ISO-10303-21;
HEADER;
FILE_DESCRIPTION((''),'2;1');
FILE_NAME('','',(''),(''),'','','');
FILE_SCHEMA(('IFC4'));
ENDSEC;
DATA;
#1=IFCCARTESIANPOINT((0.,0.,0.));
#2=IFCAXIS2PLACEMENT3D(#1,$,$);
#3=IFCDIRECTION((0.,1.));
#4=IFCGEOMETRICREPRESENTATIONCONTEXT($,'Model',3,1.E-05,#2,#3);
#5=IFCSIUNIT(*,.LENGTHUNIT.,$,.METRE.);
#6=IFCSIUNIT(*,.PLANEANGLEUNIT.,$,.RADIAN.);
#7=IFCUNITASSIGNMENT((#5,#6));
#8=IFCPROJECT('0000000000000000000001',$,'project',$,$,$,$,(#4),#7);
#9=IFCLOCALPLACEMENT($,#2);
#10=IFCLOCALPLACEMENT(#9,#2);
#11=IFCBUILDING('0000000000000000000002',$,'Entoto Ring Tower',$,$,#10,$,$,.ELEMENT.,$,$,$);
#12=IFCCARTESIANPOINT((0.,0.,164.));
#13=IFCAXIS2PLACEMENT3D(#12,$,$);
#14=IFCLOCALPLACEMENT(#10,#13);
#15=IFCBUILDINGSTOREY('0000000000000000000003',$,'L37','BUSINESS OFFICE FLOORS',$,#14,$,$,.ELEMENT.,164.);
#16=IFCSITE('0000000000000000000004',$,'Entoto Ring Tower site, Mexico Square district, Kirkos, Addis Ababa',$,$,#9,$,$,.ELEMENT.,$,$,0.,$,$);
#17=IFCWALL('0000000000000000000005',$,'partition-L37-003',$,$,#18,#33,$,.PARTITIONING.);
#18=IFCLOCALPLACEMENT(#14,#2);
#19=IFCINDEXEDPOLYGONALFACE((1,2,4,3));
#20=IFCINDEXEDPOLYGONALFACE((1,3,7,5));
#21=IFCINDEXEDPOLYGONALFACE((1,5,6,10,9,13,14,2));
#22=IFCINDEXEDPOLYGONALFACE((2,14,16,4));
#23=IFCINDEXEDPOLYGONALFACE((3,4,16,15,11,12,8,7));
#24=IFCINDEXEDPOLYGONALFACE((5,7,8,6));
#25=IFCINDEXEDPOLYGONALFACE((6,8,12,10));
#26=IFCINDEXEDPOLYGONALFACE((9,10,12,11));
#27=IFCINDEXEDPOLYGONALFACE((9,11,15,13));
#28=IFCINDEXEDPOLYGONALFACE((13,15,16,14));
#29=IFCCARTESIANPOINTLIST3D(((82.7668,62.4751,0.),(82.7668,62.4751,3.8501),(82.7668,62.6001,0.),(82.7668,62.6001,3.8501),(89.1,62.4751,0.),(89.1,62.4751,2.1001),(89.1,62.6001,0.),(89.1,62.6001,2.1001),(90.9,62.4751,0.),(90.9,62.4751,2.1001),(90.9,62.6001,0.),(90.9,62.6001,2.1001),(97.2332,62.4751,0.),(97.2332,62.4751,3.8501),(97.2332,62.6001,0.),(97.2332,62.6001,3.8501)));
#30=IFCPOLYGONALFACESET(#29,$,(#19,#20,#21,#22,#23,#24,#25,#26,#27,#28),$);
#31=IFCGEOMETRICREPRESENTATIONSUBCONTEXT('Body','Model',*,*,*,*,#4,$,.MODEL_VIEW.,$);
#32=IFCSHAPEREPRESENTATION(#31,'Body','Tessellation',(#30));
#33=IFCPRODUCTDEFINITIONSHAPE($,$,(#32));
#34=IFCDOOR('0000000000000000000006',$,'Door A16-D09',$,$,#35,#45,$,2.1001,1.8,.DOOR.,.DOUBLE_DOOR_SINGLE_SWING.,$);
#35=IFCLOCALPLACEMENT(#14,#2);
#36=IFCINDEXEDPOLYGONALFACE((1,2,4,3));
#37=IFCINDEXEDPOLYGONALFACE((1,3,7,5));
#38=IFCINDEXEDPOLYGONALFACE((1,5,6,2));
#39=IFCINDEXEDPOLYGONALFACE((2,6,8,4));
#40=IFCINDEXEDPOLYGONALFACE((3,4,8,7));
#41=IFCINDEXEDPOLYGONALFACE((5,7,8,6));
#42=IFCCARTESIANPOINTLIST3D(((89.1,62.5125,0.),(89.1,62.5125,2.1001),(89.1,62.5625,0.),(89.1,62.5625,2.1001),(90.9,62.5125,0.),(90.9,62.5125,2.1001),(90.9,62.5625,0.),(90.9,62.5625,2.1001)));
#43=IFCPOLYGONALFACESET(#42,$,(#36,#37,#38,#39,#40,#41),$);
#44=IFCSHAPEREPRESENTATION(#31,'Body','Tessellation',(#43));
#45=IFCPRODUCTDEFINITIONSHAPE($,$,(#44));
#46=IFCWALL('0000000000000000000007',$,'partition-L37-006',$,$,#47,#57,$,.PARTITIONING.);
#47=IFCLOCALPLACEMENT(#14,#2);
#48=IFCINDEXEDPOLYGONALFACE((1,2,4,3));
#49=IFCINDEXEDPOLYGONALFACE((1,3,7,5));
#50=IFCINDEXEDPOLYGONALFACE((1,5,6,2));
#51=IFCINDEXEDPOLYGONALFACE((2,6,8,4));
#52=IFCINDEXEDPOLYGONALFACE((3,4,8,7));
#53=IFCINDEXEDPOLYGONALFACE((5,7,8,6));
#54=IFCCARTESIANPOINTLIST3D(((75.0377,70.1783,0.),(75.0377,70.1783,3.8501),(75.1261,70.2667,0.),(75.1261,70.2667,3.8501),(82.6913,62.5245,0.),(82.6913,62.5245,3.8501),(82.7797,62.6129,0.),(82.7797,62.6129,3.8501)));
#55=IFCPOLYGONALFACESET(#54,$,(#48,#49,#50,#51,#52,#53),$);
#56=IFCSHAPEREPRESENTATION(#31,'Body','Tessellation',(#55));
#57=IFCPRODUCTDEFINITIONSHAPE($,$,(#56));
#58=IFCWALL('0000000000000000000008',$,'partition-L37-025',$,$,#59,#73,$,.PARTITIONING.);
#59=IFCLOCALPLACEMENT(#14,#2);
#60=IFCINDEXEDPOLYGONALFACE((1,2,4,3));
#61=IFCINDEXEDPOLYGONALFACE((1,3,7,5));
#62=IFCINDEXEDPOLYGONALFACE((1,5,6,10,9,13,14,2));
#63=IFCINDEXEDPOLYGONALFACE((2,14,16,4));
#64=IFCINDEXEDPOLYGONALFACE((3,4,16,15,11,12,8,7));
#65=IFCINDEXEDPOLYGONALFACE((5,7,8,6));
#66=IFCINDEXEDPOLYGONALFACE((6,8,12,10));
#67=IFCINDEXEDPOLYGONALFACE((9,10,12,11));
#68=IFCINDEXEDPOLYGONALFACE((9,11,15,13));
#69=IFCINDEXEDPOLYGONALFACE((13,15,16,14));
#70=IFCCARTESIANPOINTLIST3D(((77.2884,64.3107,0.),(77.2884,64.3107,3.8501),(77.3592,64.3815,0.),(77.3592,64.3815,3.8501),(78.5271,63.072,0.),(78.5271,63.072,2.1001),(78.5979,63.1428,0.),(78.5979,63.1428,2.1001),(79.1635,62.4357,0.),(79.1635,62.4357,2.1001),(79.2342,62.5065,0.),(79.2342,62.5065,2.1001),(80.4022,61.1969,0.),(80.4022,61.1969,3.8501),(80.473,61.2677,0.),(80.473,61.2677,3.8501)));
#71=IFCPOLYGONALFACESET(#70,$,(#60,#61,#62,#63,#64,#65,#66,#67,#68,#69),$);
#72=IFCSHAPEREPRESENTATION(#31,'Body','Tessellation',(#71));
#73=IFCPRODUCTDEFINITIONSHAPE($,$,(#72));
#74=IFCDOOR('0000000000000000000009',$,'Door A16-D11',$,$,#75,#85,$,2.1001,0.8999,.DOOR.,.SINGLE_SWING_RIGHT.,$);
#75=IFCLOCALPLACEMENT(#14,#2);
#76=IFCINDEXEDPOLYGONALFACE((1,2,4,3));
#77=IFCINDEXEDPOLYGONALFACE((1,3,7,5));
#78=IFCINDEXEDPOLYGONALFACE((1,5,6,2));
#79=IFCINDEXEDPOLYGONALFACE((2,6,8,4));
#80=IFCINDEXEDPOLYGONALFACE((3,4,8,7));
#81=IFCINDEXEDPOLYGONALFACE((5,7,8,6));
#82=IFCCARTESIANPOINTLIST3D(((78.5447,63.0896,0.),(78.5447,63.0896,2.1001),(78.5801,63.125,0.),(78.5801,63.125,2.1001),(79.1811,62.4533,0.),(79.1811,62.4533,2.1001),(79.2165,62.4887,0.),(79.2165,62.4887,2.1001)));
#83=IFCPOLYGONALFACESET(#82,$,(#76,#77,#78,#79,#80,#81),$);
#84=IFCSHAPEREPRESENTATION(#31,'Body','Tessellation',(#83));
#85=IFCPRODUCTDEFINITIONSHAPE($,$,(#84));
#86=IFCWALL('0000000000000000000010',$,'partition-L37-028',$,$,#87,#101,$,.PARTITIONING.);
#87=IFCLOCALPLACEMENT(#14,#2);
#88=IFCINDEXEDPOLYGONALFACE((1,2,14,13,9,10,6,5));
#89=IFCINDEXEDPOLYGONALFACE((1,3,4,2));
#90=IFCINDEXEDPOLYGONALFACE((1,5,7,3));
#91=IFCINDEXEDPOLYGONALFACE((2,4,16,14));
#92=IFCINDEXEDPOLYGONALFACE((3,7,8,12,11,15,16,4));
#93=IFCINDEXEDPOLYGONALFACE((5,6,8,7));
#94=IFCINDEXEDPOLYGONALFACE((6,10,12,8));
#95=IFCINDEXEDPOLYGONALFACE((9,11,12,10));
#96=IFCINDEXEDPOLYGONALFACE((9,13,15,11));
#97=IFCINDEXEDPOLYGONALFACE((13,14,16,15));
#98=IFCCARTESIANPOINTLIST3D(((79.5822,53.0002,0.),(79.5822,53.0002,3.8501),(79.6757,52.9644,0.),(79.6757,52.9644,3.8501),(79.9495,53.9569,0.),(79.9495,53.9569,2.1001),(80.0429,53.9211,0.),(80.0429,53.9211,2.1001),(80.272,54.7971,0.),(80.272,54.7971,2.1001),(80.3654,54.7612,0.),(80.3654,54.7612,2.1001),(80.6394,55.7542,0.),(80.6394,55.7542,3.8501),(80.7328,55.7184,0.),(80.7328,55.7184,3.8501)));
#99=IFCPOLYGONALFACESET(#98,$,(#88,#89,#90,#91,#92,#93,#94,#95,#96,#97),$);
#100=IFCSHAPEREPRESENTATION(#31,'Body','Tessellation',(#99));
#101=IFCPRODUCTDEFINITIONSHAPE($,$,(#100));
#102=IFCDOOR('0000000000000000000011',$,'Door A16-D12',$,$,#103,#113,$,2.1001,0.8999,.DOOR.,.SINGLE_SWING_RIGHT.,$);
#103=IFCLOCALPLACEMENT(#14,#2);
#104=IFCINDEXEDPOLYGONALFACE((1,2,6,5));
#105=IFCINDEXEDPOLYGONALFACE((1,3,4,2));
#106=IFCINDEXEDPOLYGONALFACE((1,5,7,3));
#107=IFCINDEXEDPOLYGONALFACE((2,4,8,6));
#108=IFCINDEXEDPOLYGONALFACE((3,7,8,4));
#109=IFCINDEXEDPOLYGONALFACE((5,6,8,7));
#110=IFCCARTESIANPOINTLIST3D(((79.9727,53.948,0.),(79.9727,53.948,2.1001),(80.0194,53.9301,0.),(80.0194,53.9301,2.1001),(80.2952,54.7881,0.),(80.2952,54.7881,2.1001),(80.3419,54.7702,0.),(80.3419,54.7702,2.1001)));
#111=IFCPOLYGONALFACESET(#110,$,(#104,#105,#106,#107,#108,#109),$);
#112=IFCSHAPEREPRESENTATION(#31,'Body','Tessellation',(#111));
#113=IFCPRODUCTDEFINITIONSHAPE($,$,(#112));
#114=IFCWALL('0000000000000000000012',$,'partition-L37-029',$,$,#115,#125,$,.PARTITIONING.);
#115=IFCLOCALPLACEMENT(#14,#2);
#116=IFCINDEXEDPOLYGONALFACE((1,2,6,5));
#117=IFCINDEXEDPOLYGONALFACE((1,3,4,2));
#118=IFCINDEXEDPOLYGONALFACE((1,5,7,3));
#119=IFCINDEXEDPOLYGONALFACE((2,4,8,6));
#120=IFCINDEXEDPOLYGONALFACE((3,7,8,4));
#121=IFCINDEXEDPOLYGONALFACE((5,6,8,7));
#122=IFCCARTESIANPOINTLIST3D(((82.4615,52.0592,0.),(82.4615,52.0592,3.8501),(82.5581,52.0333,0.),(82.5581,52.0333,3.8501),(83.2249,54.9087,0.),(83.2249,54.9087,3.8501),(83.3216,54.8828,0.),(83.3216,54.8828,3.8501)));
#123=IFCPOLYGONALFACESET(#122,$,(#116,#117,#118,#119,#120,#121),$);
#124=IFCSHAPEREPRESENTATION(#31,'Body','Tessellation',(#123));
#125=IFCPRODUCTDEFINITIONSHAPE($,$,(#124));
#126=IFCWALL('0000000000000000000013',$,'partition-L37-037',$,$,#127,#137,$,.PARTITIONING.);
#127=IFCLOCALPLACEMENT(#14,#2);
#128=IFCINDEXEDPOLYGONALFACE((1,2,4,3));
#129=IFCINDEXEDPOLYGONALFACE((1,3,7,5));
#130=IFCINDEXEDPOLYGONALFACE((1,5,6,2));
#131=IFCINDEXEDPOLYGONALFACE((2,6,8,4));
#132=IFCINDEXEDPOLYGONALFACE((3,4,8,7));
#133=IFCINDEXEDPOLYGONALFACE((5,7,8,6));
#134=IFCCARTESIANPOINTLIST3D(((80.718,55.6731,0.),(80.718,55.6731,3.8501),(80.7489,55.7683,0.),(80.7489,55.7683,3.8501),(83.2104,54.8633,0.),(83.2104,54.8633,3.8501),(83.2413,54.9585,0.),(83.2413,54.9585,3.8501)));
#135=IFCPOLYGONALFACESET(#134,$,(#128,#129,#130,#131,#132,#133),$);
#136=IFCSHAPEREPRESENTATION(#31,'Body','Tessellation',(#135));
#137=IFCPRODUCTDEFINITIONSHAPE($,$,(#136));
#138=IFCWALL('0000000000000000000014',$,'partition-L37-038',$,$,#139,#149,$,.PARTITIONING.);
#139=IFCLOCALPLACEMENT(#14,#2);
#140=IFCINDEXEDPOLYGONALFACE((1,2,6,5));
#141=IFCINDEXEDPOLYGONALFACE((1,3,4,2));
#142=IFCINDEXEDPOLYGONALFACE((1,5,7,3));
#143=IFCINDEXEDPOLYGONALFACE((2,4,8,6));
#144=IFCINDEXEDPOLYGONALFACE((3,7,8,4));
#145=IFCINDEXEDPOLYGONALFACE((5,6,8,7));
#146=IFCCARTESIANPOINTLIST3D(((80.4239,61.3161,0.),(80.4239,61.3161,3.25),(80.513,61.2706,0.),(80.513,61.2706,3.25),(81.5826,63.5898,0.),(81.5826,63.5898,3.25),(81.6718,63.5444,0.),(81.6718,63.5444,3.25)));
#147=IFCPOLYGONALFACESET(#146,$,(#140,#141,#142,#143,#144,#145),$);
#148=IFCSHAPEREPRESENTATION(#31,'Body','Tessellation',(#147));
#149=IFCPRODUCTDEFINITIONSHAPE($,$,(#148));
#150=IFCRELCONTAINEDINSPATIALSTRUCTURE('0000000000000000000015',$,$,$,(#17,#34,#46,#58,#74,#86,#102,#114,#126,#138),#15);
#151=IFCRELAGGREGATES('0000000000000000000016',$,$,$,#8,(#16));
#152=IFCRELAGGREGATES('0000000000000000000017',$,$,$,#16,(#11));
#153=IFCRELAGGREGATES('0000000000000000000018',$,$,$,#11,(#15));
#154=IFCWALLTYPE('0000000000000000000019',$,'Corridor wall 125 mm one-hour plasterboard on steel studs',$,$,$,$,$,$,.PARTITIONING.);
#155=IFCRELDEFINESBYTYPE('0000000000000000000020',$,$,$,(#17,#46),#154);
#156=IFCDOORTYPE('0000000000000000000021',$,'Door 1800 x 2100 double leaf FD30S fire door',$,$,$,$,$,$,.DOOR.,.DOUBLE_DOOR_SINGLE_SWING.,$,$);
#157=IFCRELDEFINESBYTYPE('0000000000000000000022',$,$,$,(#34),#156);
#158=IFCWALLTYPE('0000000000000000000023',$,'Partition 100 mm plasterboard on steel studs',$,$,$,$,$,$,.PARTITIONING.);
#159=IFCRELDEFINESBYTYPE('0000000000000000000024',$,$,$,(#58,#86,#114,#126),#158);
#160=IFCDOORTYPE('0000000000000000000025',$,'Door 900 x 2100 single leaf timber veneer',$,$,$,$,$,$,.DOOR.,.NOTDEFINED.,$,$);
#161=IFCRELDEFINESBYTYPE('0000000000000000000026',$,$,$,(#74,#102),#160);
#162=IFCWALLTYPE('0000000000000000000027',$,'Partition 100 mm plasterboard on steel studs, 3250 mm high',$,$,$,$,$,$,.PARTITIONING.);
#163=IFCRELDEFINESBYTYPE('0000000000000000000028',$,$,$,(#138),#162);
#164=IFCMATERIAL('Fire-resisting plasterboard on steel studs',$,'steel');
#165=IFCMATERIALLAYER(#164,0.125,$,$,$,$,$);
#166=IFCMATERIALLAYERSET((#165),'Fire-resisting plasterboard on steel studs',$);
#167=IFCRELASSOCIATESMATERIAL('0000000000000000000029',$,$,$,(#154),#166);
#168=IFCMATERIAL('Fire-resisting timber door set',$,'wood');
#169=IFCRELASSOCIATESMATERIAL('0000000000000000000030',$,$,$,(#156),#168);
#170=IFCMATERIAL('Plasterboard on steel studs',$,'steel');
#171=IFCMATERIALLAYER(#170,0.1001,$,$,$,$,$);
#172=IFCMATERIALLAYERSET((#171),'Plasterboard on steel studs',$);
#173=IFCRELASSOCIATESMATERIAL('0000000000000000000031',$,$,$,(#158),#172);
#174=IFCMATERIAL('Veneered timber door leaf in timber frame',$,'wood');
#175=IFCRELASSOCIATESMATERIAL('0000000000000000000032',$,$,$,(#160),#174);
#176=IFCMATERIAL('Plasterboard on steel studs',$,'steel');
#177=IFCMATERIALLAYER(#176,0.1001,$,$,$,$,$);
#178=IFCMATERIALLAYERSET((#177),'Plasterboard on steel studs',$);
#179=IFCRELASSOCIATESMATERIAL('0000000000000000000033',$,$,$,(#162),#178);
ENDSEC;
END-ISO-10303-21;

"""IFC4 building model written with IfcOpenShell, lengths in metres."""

from ifc_helpers import new_model, si_unit, direction, frame, frame_2d, origin, place, context, subcontext, project, spatial, rectangle, extrude, material, layer, layer_set, type_object, element, fill, save


model = new_model("IFC4")

# Units and contexts
model_context = context("Model", 3, precision=1e-05, world=origin(), true_north=direction((0.0, 1.0)))
body_context = subcontext(model_context, "Body", "Model", "MODEL_VIEW")
ifc_project = project(units=[si_unit("LENGTHUNIT", "METRE"), si_unit("PLANEANGLEUNIT", "RADIAN")], contexts=[model_context])

# Site, building, storey
site_placement = place(None, origin())
site = spatial("IfcSite", under=ifc_project, at=site_placement, Name="Entoto Ring Tower site, Mexico Square district, Kirkos, Addis Ababa", CompositionType="ELEMENT", RefElevation=0.0)
building_placement = place(site_placement, origin())
building = spatial("IfcBuilding", under=site, at=building_placement, Name="Entoto Ring Tower", CompositionType="ELEMENT")
storey_placement = place(building_placement, frame((0.0, 0.0, 164.0)))
storey = spatial("IfcBuildingStorey", under=building, at=storey_placement, Name="L37", Description="BUSINESS OFFICE FLOORS", CompositionType="ELEMENT", Elevation=164.0)

# Wall, opening, door
ifc_material_1 = material(Name="Fire-resisting plasterboard on steel studs", Category="steel")
ifc_layer_1 = layer(ifc_material_1, 0.125)
ifc_layer_set_1 = layer_set([ifc_layer_1], Name="Fire-resisting plasterboard on steel studs")
wall_type_1 = type_object("IfcWallType", Name="Corridor wall 125 mm one-hour plasterboard on steel studs", PredefinedType="PARTITIONING", material=ifc_layer_set_1)
wall_1_placement = place(storey_placement, frame((82.7668, 62.5376, 0.0), z_axis=(0.0, 0.0, 1.0), x_axis=(1.0, 0.0, 0.0)))
wall_1 = element("IfcWall", 1, at=wall_1_placement, inside=storey, type_object=wall_type_1, Name="partition-L37-003", PredefinedType="PARTITIONING", context=body_context, shape_type="SweptSolid", body=[
    extrude(rectangle(XDim=14.4663, YDim=0.125, at=frame_2d((7.2332, 0.0))), origin(), (0.0, 0.0, 1.0), 3.8501),
])
opening_1_placement = place(wall_1_placement, frame((6.3333, 0.0, 0.0)))
opening_1 = element("IfcOpeningElement", 2, at=opening_1_placement, cuts=wall_1, PredefinedType="OPENING", context=body_context, shape_type="SweptSolid", body=[
    extrude(rectangle(XDim=1.8, YDim=2.1001, at=frame_2d((0.8999, 1.05))), frame((0.0, 0.0725, 0.0), z_axis=(0.0, -1.0, 0.0), x_axis=(1.0, 0.0, 0.0)), (0.0, 0.0, 1.0), 0.145),
])
ifc_material_2 = material(Name="Fire-resisting timber door set", Category="wood")
door_type_1 = type_object("IfcDoorType", Name="Door 1800 x 2100 double leaf FD30S fire door", OperationType="DOUBLE_DOOR_SINGLE_SWING", PredefinedType="DOOR", material=ifc_material_2)
door_1_placement = place(opening_1_placement, origin())
door_1 = element("IfcDoor", 3, at=door_1_placement, inside=storey, type_object=door_type_1, Name="Door A16-D09", OperationType="DOUBLE_DOOR_SINGLE_SWING", OverallHeight=2.1001, OverallWidth=1.8, PredefinedType="DOOR", context=body_context, shape_type="SweptSolid", body=[
    extrude(rectangle(XDim=1.8, YDim=2.1001, at=frame_2d((0.8999, 1.05))), frame((0.0, 0.0249, 0.0), z_axis=(0.0, -1.0, 0.0), x_axis=(1.0, 0.0, 0.0)), (0.0, 0.0, 1.0), 0.05),
])
fill(opening_1, door_1)

# Wall
wall_2_placement = place(storey_placement, frame((82.7356, 62.5686, 0.0), z_axis=(0.0, 0.0, 1.0), x_axis=(-0.707096, 0.707118, 0.0)))
element("IfcWall", 4, at=wall_2_placement, inside=storey, type_object=wall_type_1, Name="partition-L37-006", PredefinedType="PARTITIONING", context=body_context, shape_type="SweptSolid", body=[
    extrude(rectangle(XDim=10.824, YDim=0.125, at=frame_2d((5.4121, 0.0))), origin(), (0.0, 0.0, 1.0), 3.8501),
])

# Walls, openings, doors
ifc_material_3 = material(Name="Plasterboard on steel studs", Category="steel")
ifc_layer_2 = layer(ifc_material_3, 0.1001)
ifc_layer_set_2 = layer_set([ifc_layer_2], Name="Plasterboard on steel studs")
wall_type_2 = type_object("IfcWallType", Name="Partition 100 mm plasterboard on steel studs", PredefinedType="PARTITIONING", material=ifc_layer_set_2)
wall_3_placement = place(storey_placement, frame((80.4375, 61.2324, 0.0), z_axis=(0.0, 0.0, 1.0), x_axis=(-0.707107, 0.707107, 0.0)))
wall_3 = element("IfcWall", 5, at=wall_3_placement, inside=storey, type_object=wall_type_2, Name="partition-L37-025", PredefinedType="PARTITIONING", context=body_context, shape_type="SweptSolid", body=[
    extrude(rectangle(XDim=4.4036, YDim=0.1001, at=frame_2d((2.2017, 0.0))), origin(), (0.0, 0.0, 1.0), 3.8501),
])
opening_2_placement = place(wall_3_placement, frame((1.7517, 0.0, 0.0)))
opening_2 = element("IfcOpeningElement", 6, at=opening_2_placement, cuts=wall_3, PredefinedType="OPENING", context=body_context, shape_type="SweptSolid", body=[
    extrude(rectangle(XDim=0.8999, YDim=2.1001, at=frame_2d((0.45, 1.05))), frame((0.0, 0.0601, 0.0), z_axis=(0.0, -1.0, 0.0), x_axis=(1.0, 0.0, 0.0)), (0.0, 0.0, 1.0), 0.1201),
])
ifc_material_4 = material(Name="Veneered timber door leaf in timber frame", Category="wood")
door_type_2 = type_object("IfcDoorType", Name="Door 900 x 2100 single leaf timber veneer", OperationType="NOTDEFINED", PredefinedType="DOOR", material=ifc_material_4)
door_2_placement = place(opening_2_placement, frame((0.8999, 0.0, 0.0), z_axis=(0.0, 0.0, 1.0), x_axis=(-1.0, 0.0, 0.0)))
door_2 = element("IfcDoor", 7, at=door_2_placement, inside=storey, type_object=door_type_2, Name="Door A16-D11", OperationType="SINGLE_SWING_RIGHT", OverallHeight=2.1001, OverallWidth=0.8999, PredefinedType="DOOR", context=body_context, shape_type="SweptSolid", body=[
    extrude(rectangle(XDim=0.8999, YDim=2.1001, at=frame_2d((0.45, 1.05))), frame((0.0, 0.0249, 0.0), z_axis=(0.0, -1.0, 0.0), x_axis=(1.0, 0.0, 0.0)), (0.0, 0.0, 1.0), 0.05),
])
fill(opening_2, door_2)
wall_4_placement = place(storey_placement, frame((79.6289, 52.9822, 0.0), z_axis=(0.0, 0.0, 1.0), x_axis=(0.358369, 0.93358, 0.0)))
wall_4 = element("IfcWall", 8, at=wall_4_placement, inside=storey, type_object=wall_type_2, Name="partition-L37-028", PredefinedType="PARTITIONING", context=body_context, shape_type="SweptSolid", body=[
    extrude(rectangle(XDim=2.95, YDim=0.1001, at=frame_2d((1.4751, 0.0))), origin(), (0.0, 0.0, 1.0), 3.8501),
])
opening_3_placement = place(wall_4_placement, frame((1.0249, 0.0, 0.0)))
opening_3 = element("IfcOpeningElement", 9, at=opening_3_placement, cuts=wall_4, PredefinedType="OPENING", context=body_context, shape_type="SweptSolid", body=[
    extrude(rectangle(XDim=0.8999, YDim=2.1001, at=frame_2d((0.45, 1.05))), frame((0.0, 0.0601, 0.0), z_axis=(0.0, -1.0, 0.0), x_axis=(1.0, 0.0, 0.0)), (0.0, 0.0, 1.0), 0.1201),
])
door_3_placement = place(opening_3_placement, frame((0.8999, 0.0, 0.0), z_axis=(0.0, 0.0, 1.0), x_axis=(-1.0, 0.0, 0.0)))
door_3 = element("IfcDoor", 10, at=door_3_placement, inside=storey, type_object=door_type_2, Name="Door A16-D12", OperationType="SINGLE_SWING_RIGHT", OverallHeight=2.1001, OverallWidth=0.8999, PredefinedType="DOOR", context=body_context, shape_type="SweptSolid", body=[
    extrude(rectangle(XDim=0.8999, YDim=2.1001, at=frame_2d((0.45, 1.05))), frame((0.0, 0.0249, 0.0), z_axis=(0.0, -1.0, 0.0), x_axis=(1.0, 0.0, 0.0)), (0.0, 0.0, 1.0), 0.05),
])
fill(opening_3, door_3)

# Walls
wall_5_placement = place(storey_placement, frame((82.5098, 52.0461, 0.0), z_axis=(0.0, 0.0, 1.0), x_axis=(0.258801, 0.965931, 0.0)))
element("IfcWall", 11, at=wall_5_placement, inside=storey, type_object=wall_type_2, Name="partition-L37-029", PredefinedType="PARTITIONING", context=body_context, shape_type="SweptSolid", body=[
    extrude(rectangle(XDim=2.95, YDim=0.1001, at=frame_2d((1.4751, 0.0))), origin(), (0.0, 0.0, 1.0), 3.8501),
])
wall_6_placement = place(storey_placement, frame((83.2258, 54.9109, 0.0), z_axis=(0.0, 0.0, 1.0), x_axis=(-0.951059, 0.309008, 0.0)))
element("IfcWall", 12, at=wall_6_placement, inside=storey, type_object=wall_type_2, Name="partition-L37-037", PredefinedType="PARTITIONING", context=body_context, shape_type="SweptSolid", body=[
    extrude(rectangle(XDim=2.6206, YDim=0.1001, at=frame_2d((1.3103, 0.0))), origin(), (0.0, 0.0, 1.0), 3.8501),
])
ifc_material_5 = material(Name="Plasterboard on steel studs", Category="steel")
ifc_layer_3 = layer(ifc_material_5, 0.1001)
ifc_layer_set_3 = layer_set([ifc_layer_3], Name="Plasterboard on steel studs")
wall_type_3 = type_object("IfcWallType", Name="Partition 100 mm plasterboard on steel studs, 3250 mm high", PredefinedType="PARTITIONING", material=ifc_layer_set_3)
wall_7_placement = place(storey_placement, frame((80.4685, 61.2935, 0.0), z_axis=(0.0, 0.0, 1.0), x_axis=(0.45405, 0.890976, 0.0)))
element("IfcWall", 13, at=wall_7_placement, inside=storey, type_object=wall_type_3, Name="partition-L37-038", PredefinedType="PARTITIONING", context=body_context, shape_type="SweptSolid", body=[
    extrude(rectangle(XDim=2.552, YDim=0.1001, at=frame_2d((1.2759, 0.0))), origin(), (0.0, 0.0, 1.0), 3.25),
])

save(model, "model.ifc")
